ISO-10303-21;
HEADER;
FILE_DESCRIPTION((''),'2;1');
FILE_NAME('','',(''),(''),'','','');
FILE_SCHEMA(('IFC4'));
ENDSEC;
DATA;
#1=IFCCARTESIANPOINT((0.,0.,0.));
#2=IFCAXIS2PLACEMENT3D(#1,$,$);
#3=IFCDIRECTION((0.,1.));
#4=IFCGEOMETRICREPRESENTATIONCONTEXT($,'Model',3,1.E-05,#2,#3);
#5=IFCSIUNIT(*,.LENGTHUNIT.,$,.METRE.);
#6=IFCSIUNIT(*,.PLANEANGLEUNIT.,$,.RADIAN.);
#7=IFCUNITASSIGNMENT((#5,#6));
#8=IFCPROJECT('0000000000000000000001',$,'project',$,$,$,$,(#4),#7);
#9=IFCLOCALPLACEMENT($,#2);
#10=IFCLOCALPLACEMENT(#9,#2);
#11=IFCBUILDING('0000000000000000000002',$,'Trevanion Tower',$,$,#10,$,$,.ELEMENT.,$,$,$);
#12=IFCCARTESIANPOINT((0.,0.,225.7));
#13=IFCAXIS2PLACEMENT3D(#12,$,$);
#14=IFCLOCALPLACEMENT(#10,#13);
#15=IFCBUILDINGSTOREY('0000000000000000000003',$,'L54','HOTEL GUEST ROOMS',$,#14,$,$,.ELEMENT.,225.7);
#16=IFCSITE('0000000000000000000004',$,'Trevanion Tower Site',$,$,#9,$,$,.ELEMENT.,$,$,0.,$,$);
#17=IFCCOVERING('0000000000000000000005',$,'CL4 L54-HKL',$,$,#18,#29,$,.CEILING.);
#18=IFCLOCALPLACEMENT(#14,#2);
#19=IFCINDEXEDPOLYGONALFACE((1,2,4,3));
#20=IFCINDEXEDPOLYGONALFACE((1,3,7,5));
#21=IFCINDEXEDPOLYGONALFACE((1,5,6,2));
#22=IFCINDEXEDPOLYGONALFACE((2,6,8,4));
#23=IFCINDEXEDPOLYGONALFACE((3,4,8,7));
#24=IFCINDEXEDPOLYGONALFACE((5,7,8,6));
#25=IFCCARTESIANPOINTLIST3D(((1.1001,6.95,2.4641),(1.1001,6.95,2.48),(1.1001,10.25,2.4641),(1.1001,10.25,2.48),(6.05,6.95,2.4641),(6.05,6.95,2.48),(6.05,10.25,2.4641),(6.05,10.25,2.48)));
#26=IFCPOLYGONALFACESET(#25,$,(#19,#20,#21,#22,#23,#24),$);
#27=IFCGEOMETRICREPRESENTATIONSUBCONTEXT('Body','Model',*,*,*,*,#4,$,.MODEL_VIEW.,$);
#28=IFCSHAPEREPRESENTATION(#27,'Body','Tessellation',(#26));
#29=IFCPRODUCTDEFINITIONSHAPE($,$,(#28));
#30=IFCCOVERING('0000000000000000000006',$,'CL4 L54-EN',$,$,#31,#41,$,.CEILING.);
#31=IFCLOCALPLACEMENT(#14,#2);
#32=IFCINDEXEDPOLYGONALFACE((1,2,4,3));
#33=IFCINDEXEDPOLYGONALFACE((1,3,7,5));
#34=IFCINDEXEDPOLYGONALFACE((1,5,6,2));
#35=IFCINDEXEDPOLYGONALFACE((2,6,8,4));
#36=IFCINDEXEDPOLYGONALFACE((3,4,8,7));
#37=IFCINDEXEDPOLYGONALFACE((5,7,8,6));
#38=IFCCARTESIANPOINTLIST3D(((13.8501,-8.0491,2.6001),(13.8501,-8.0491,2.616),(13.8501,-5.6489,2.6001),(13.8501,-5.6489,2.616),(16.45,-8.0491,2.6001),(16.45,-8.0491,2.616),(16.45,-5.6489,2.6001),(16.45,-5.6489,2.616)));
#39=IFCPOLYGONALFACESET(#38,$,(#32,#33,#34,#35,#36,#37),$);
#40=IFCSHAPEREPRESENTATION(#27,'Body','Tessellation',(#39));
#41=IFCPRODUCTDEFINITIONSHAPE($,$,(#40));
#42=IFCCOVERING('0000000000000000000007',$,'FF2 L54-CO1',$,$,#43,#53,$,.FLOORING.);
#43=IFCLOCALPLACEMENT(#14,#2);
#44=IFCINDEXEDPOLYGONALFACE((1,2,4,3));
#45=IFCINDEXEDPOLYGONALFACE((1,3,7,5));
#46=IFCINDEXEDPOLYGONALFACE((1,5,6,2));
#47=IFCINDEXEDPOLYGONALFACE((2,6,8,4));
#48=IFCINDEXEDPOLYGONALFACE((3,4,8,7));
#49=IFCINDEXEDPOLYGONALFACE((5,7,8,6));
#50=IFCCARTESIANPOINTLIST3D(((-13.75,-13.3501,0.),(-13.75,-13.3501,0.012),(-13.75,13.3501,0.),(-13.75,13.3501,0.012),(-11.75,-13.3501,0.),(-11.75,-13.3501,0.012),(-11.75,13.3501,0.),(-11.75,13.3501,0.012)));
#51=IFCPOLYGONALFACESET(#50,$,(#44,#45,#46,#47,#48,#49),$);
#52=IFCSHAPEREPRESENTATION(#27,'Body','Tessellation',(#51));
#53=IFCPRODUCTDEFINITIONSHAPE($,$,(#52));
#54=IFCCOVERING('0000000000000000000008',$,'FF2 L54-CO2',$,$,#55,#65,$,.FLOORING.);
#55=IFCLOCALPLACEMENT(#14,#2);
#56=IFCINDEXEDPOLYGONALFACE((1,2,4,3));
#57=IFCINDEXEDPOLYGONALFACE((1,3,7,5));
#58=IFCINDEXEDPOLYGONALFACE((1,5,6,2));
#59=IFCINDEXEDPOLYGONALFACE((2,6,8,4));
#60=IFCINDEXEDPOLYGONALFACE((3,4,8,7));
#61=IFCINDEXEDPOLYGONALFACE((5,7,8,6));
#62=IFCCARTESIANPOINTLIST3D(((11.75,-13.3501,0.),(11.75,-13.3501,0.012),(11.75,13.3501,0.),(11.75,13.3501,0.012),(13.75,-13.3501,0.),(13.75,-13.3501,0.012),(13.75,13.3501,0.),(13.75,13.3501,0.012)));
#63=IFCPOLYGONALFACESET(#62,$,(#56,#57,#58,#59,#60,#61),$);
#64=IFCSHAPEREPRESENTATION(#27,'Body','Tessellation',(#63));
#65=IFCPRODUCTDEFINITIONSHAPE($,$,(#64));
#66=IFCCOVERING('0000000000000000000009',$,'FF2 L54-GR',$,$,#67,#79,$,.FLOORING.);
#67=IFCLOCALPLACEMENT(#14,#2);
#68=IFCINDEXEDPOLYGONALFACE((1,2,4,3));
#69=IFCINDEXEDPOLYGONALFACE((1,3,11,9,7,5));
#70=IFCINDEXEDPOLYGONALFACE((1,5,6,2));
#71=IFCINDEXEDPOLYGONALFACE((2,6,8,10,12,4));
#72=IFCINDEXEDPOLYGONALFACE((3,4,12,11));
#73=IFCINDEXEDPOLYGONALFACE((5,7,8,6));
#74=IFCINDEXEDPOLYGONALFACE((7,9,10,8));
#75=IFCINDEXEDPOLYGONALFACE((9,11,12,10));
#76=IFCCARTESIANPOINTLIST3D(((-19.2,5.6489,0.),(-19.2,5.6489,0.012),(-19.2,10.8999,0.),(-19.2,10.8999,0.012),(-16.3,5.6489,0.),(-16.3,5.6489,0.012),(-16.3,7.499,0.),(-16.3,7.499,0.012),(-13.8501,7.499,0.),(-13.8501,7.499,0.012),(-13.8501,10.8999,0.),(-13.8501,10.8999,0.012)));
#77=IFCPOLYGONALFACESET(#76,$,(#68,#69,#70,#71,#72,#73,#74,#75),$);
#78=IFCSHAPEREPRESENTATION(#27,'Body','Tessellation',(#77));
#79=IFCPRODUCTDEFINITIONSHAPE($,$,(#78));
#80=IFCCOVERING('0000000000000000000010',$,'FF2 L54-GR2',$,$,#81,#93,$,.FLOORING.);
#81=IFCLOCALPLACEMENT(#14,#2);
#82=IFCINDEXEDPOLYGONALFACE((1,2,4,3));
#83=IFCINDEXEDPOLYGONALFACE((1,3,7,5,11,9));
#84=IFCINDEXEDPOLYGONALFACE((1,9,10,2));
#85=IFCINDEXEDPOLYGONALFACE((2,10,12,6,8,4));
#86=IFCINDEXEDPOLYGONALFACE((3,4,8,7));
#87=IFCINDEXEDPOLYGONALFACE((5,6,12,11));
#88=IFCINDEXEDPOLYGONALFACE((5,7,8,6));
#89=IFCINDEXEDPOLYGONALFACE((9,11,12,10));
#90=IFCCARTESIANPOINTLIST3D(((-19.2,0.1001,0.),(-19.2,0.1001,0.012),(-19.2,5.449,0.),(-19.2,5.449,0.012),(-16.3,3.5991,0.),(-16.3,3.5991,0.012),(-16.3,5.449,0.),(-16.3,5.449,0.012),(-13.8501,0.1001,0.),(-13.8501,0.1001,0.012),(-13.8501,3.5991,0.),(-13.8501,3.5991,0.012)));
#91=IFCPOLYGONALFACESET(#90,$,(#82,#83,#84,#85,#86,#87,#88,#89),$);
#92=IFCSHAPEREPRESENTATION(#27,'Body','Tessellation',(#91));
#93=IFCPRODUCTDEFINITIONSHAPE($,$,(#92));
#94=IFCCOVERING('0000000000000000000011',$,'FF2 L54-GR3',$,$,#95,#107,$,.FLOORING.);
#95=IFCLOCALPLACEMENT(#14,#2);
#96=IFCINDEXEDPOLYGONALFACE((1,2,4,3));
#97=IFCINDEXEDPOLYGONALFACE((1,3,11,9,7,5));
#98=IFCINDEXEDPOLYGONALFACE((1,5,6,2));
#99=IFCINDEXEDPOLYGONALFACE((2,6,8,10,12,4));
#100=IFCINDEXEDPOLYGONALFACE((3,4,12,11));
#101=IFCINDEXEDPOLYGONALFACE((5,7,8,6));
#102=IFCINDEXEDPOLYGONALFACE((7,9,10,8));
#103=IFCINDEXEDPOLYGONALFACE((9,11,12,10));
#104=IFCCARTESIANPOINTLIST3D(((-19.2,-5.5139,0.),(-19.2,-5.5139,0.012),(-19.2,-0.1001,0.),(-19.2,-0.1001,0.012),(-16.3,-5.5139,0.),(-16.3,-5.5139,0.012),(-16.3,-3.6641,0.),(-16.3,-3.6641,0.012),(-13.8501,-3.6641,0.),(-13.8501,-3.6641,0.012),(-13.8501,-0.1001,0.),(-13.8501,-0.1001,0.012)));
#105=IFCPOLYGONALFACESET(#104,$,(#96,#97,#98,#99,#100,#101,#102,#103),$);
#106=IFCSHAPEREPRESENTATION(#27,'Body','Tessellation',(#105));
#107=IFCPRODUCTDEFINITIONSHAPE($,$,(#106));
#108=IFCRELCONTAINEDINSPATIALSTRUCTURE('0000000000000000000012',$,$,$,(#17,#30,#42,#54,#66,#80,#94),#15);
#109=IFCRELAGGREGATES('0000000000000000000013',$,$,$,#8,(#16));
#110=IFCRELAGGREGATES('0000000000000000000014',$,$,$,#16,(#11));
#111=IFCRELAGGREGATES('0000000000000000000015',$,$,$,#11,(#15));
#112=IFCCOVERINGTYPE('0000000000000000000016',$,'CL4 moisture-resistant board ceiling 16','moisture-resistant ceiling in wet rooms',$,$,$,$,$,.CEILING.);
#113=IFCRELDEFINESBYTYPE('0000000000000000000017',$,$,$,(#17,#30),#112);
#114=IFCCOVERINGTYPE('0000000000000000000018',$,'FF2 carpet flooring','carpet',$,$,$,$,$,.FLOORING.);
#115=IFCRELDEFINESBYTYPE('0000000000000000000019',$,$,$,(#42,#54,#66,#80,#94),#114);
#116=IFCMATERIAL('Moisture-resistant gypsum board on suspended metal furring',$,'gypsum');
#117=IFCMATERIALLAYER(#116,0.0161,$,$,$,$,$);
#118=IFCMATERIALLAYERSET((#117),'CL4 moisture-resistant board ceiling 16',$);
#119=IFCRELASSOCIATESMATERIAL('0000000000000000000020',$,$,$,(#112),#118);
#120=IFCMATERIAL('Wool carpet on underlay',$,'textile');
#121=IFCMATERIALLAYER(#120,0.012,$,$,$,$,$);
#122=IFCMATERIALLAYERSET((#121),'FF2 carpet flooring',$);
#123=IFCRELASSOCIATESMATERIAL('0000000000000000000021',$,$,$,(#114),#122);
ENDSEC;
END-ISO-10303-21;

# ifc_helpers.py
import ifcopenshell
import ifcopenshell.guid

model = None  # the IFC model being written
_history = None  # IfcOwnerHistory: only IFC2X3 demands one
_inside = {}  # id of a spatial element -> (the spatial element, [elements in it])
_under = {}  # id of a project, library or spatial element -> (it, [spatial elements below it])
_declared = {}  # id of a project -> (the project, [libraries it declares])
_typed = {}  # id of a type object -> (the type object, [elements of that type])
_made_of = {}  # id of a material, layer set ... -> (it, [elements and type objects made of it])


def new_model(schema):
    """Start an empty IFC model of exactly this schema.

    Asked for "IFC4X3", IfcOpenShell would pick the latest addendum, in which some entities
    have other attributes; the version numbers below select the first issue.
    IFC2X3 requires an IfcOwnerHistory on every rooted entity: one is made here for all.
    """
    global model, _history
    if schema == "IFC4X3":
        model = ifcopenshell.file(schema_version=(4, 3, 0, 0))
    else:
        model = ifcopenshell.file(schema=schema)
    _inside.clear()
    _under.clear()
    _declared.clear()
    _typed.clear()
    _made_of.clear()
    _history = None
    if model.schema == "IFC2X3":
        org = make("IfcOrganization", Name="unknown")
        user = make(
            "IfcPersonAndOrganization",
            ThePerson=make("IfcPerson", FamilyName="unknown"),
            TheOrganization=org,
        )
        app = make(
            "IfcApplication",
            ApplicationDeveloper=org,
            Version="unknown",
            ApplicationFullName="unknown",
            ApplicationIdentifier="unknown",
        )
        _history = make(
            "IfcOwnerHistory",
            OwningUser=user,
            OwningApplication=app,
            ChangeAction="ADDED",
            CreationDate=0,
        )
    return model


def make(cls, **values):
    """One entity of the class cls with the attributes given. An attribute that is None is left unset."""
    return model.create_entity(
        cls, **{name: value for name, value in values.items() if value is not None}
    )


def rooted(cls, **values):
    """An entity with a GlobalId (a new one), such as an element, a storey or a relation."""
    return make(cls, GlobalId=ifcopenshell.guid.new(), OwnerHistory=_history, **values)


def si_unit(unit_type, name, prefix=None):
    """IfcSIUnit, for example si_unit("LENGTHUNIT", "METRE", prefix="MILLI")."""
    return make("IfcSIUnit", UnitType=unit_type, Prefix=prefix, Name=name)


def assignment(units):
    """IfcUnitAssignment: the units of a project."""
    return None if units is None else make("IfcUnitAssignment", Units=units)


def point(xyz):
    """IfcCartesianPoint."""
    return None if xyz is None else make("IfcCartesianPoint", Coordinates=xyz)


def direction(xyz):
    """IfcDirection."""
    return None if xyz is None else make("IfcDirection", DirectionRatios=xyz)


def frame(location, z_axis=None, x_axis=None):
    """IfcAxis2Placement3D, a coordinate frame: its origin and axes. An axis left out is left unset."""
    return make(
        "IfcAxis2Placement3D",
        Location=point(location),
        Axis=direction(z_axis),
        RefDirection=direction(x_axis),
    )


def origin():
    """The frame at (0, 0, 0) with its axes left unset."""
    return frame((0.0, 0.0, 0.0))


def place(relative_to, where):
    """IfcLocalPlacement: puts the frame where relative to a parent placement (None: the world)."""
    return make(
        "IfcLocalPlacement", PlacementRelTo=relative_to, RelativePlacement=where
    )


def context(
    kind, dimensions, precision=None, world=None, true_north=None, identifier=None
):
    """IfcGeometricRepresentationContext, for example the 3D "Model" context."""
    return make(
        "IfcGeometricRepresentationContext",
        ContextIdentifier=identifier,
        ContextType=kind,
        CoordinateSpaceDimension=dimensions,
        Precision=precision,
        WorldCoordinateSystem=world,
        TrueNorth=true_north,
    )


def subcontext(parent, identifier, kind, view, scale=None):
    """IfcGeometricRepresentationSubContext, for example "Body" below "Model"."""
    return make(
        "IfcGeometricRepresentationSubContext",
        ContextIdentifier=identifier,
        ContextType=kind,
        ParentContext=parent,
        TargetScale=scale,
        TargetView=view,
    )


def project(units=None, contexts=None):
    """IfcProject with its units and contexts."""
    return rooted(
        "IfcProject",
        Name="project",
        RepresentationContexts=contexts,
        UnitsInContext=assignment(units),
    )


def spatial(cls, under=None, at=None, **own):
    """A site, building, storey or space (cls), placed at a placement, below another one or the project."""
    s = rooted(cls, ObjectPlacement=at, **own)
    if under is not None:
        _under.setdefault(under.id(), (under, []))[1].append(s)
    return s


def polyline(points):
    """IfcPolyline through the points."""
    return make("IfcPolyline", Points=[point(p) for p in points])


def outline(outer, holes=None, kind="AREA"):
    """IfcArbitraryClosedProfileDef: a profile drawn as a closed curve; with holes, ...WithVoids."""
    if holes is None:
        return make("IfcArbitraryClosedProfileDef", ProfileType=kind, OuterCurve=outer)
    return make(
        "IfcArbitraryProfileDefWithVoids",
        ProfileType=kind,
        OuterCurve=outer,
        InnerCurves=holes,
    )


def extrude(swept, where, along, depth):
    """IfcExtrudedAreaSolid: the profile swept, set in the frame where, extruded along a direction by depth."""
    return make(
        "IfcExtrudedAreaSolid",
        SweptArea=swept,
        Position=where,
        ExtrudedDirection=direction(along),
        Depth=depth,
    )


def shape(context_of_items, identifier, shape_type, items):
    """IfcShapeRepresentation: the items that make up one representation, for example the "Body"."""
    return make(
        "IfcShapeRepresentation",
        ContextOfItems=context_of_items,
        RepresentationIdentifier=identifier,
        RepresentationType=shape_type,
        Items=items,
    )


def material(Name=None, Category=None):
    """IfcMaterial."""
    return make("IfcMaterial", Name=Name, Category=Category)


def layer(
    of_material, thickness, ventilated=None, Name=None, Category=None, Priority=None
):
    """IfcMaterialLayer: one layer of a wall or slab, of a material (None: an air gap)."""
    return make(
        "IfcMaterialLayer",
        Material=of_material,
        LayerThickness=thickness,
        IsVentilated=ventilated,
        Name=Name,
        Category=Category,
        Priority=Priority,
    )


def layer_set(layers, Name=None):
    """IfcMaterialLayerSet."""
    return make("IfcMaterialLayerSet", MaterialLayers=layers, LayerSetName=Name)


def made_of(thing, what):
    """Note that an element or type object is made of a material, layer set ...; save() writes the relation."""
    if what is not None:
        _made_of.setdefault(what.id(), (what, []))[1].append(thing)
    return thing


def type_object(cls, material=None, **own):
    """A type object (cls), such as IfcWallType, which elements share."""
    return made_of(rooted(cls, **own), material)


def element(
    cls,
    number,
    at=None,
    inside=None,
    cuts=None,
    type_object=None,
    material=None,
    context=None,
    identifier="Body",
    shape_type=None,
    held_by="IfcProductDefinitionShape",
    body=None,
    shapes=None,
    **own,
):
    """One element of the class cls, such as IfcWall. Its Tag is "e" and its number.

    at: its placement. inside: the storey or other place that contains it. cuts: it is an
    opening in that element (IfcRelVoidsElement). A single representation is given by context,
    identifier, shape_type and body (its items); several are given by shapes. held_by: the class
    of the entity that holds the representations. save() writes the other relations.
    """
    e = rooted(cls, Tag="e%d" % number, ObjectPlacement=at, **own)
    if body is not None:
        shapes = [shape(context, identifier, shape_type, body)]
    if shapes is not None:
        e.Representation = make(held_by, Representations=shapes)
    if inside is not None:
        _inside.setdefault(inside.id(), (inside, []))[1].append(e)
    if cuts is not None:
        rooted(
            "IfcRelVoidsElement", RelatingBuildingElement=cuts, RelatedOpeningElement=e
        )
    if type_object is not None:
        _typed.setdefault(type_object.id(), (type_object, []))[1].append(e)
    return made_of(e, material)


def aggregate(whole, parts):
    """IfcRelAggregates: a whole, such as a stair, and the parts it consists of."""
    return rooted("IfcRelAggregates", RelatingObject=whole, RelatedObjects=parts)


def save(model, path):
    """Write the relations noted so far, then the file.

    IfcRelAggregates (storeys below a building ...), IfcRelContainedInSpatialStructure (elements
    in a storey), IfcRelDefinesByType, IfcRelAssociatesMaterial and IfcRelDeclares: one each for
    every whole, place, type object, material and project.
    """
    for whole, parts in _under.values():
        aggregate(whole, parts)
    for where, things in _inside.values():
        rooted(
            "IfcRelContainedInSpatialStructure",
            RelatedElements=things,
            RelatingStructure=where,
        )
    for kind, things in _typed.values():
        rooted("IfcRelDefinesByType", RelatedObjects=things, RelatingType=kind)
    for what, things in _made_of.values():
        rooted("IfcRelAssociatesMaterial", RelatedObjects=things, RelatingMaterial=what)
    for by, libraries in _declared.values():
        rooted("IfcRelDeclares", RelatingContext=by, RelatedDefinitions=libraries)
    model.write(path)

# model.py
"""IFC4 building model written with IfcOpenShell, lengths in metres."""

from ifc_helpers import new_model, si_unit, direction, frame, origin, place, context, subcontext, project, spatial, polyline, outline, extrude, material, layer, layer_set, type_object, element, save


model = new_model("IFC4")

# Units and contexts
model_context = context("Model", 3, precision=1e-05, world=origin(), true_north=direction((0.0, 1.0)))
body_context = subcontext(model_context, "Body", "Model", "MODEL_VIEW")
ifc_project = project(units=[si_unit("LENGTHUNIT", "METRE"), si_unit("PLANEANGLEUNIT", "RADIAN")], contexts=[model_context])

# Site, building, storey
site_placement = place(None, origin())
site = spatial("IfcSite", under=ifc_project, at=site_placement, Name="Trevanion Tower Site", CompositionType="ELEMENT", RefElevation=0.0)
building_placement = place(site_placement, origin())
building = spatial("IfcBuilding", under=site, at=building_placement, Name="Trevanion Tower", CompositionType="ELEMENT")
storey_placement = place(building_placement, frame((0.0, 0.0, 225.7)))
storey = spatial("IfcBuildingStorey", under=building, at=storey_placement, Name="L54", Description="HOTEL GUEST ROOMS", CompositionType="ELEMENT", Elevation=225.7)

# Coverings
ifc_material_1 = material(Name="Moisture-resistant gypsum board on suspended metal furring", Category="gypsum")
ifc_layer_1 = layer(ifc_material_1, 0.0161)
ifc_layer_set_1 = layer_set([ifc_layer_1], Name="CL4 moisture-resistant board ceiling 16")
covering_type_1 = type_object("IfcCoveringType", Name="CL4 moisture-resistant board ceiling 16", Description="moisture-resistant ceiling in wet rooms", PredefinedType="CEILING", material=ifc_layer_set_1)
covering_1_placement = place(storey_placement, frame((0.0, 0.0, 2.4641)))
element("IfcCovering", 1, at=covering_1_placement, inside=storey, type_object=covering_type_1, Name="CL4 L54-HKL", PredefinedType="CEILING", context=body_context, shape_type="SweptSolid", body=[
    extrude(outline(polyline([(6.05, 6.95), (6.05, 10.25), (1.1001, 10.25), (1.1001, 6.95), (6.05, 6.95)])), origin(), (0.0, 0.0, 1.0), 0.0159),
])
covering_2_placement = place(storey_placement, frame((0.0, 0.0, 2.6001)))
element("IfcCovering", 2, at=covering_2_placement, inside=storey, type_object=covering_type_1, Name="CL4 L54-EN", PredefinedType="CEILING", context=body_context, shape_type="SweptSolid", body=[
    extrude(outline(polyline([(16.45, -8.0491), (16.45, -5.6489), (13.8501, -5.6489), (13.8501, -8.0491), (16.45, -8.0491)])), origin(), (0.0, 0.0, 1.0), 0.0159),
])
ifc_material_2 = material(Name="Wool carpet on underlay", Category="textile")
ifc_layer_2 = layer(ifc_material_2, 0.012)
ifc_layer_set_2 = layer_set([ifc_layer_2], Name="FF2 carpet flooring")
covering_type_2 = type_object("IfcCoveringType", Name="FF2 carpet flooring", Description="carpet", PredefinedType="FLOORING", material=ifc_layer_set_2)
covering_3_placement = place(storey_placement, origin())
element("IfcCovering", 3, at=covering_3_placement, inside=storey, type_object=covering_type_2, Name="FF2 L54-CO1", PredefinedType="FLOORING", context=body_context, shape_type="SweptSolid", body=[
    extrude(outline(polyline([(-11.75, 13.3501), (-11.75, -13.3501), (-13.75, -13.3501), (-13.75, 13.3501), (-11.75, 13.3501)])), origin(), (0.0, 0.0, 1.0), 0.012),
])
covering_4_placement = place(storey_placement, origin())
element("IfcCovering", 4, at=covering_4_placement, inside=storey, type_object=covering_type_2, Name="FF2 L54-CO2", PredefinedType="FLOORING", context=body_context, shape_type="SweptSolid", body=[
    extrude(outline(polyline([(11.75, -13.3501), (11.75, 13.3501), (13.75, 13.3501), (13.75, -13.3501), (11.75, -13.3501)])), origin(), (0.0, 0.0, 1.0), 0.012),
])
covering_5_placement = place(storey_placement, origin())
element("IfcCovering", 5, at=covering_5_placement, inside=storey, type_object=covering_type_2, Name="FF2 L54-GR", PredefinedType="FLOORING", context=body_context, shape_type="SweptSolid", body=[
    extrude(outline(polyline([(-13.8501, 7.499), (-16.3, 7.499), (-16.3, 5.6489), (-19.2, 5.6489), (-19.2, 10.8999), (-13.8501, 10.8999), (-13.8501, 7.499)])), origin(), (0.0, 0.0, 1.0), 0.012),
])
covering_6_placement = place(storey_placement, origin())
element("IfcCovering", 6, at=covering_6_placement, inside=storey, type_object=covering_type_2, Name="FF2 L54-GR2", PredefinedType="FLOORING", context=body_context, shape_type="SweptSolid", body=[
    extrude(outline(polyline([(-13.8501, 0.1001), (-19.2, 0.1001), (-19.2, 5.449), (-16.3, 5.449), (-16.3, 3.5991), (-13.8501, 3.5991), (-13.8501, 0.1001)])), origin(), (0.0, 0.0, 1.0), 0.012),
])
covering_7_placement = place(storey_placement, origin())
element("IfcCovering", 7, at=covering_7_placement, inside=storey, type_object=covering_type_2, Name="FF2 L54-GR3", PredefinedType="FLOORING", context=body_context, shape_type="SweptSolid", body=[
    extrude(outline(polyline([(-13.8501, -3.6641), (-16.3, -3.6641), (-16.3, -5.5139), (-19.2, -5.5139), (-19.2, -0.1001), (-13.8501, -0.1001), (-13.8501, -3.6641)])), origin(), (0.0, 0.0, 1.0), 0.012),
])

save(model, "model.ifc")
